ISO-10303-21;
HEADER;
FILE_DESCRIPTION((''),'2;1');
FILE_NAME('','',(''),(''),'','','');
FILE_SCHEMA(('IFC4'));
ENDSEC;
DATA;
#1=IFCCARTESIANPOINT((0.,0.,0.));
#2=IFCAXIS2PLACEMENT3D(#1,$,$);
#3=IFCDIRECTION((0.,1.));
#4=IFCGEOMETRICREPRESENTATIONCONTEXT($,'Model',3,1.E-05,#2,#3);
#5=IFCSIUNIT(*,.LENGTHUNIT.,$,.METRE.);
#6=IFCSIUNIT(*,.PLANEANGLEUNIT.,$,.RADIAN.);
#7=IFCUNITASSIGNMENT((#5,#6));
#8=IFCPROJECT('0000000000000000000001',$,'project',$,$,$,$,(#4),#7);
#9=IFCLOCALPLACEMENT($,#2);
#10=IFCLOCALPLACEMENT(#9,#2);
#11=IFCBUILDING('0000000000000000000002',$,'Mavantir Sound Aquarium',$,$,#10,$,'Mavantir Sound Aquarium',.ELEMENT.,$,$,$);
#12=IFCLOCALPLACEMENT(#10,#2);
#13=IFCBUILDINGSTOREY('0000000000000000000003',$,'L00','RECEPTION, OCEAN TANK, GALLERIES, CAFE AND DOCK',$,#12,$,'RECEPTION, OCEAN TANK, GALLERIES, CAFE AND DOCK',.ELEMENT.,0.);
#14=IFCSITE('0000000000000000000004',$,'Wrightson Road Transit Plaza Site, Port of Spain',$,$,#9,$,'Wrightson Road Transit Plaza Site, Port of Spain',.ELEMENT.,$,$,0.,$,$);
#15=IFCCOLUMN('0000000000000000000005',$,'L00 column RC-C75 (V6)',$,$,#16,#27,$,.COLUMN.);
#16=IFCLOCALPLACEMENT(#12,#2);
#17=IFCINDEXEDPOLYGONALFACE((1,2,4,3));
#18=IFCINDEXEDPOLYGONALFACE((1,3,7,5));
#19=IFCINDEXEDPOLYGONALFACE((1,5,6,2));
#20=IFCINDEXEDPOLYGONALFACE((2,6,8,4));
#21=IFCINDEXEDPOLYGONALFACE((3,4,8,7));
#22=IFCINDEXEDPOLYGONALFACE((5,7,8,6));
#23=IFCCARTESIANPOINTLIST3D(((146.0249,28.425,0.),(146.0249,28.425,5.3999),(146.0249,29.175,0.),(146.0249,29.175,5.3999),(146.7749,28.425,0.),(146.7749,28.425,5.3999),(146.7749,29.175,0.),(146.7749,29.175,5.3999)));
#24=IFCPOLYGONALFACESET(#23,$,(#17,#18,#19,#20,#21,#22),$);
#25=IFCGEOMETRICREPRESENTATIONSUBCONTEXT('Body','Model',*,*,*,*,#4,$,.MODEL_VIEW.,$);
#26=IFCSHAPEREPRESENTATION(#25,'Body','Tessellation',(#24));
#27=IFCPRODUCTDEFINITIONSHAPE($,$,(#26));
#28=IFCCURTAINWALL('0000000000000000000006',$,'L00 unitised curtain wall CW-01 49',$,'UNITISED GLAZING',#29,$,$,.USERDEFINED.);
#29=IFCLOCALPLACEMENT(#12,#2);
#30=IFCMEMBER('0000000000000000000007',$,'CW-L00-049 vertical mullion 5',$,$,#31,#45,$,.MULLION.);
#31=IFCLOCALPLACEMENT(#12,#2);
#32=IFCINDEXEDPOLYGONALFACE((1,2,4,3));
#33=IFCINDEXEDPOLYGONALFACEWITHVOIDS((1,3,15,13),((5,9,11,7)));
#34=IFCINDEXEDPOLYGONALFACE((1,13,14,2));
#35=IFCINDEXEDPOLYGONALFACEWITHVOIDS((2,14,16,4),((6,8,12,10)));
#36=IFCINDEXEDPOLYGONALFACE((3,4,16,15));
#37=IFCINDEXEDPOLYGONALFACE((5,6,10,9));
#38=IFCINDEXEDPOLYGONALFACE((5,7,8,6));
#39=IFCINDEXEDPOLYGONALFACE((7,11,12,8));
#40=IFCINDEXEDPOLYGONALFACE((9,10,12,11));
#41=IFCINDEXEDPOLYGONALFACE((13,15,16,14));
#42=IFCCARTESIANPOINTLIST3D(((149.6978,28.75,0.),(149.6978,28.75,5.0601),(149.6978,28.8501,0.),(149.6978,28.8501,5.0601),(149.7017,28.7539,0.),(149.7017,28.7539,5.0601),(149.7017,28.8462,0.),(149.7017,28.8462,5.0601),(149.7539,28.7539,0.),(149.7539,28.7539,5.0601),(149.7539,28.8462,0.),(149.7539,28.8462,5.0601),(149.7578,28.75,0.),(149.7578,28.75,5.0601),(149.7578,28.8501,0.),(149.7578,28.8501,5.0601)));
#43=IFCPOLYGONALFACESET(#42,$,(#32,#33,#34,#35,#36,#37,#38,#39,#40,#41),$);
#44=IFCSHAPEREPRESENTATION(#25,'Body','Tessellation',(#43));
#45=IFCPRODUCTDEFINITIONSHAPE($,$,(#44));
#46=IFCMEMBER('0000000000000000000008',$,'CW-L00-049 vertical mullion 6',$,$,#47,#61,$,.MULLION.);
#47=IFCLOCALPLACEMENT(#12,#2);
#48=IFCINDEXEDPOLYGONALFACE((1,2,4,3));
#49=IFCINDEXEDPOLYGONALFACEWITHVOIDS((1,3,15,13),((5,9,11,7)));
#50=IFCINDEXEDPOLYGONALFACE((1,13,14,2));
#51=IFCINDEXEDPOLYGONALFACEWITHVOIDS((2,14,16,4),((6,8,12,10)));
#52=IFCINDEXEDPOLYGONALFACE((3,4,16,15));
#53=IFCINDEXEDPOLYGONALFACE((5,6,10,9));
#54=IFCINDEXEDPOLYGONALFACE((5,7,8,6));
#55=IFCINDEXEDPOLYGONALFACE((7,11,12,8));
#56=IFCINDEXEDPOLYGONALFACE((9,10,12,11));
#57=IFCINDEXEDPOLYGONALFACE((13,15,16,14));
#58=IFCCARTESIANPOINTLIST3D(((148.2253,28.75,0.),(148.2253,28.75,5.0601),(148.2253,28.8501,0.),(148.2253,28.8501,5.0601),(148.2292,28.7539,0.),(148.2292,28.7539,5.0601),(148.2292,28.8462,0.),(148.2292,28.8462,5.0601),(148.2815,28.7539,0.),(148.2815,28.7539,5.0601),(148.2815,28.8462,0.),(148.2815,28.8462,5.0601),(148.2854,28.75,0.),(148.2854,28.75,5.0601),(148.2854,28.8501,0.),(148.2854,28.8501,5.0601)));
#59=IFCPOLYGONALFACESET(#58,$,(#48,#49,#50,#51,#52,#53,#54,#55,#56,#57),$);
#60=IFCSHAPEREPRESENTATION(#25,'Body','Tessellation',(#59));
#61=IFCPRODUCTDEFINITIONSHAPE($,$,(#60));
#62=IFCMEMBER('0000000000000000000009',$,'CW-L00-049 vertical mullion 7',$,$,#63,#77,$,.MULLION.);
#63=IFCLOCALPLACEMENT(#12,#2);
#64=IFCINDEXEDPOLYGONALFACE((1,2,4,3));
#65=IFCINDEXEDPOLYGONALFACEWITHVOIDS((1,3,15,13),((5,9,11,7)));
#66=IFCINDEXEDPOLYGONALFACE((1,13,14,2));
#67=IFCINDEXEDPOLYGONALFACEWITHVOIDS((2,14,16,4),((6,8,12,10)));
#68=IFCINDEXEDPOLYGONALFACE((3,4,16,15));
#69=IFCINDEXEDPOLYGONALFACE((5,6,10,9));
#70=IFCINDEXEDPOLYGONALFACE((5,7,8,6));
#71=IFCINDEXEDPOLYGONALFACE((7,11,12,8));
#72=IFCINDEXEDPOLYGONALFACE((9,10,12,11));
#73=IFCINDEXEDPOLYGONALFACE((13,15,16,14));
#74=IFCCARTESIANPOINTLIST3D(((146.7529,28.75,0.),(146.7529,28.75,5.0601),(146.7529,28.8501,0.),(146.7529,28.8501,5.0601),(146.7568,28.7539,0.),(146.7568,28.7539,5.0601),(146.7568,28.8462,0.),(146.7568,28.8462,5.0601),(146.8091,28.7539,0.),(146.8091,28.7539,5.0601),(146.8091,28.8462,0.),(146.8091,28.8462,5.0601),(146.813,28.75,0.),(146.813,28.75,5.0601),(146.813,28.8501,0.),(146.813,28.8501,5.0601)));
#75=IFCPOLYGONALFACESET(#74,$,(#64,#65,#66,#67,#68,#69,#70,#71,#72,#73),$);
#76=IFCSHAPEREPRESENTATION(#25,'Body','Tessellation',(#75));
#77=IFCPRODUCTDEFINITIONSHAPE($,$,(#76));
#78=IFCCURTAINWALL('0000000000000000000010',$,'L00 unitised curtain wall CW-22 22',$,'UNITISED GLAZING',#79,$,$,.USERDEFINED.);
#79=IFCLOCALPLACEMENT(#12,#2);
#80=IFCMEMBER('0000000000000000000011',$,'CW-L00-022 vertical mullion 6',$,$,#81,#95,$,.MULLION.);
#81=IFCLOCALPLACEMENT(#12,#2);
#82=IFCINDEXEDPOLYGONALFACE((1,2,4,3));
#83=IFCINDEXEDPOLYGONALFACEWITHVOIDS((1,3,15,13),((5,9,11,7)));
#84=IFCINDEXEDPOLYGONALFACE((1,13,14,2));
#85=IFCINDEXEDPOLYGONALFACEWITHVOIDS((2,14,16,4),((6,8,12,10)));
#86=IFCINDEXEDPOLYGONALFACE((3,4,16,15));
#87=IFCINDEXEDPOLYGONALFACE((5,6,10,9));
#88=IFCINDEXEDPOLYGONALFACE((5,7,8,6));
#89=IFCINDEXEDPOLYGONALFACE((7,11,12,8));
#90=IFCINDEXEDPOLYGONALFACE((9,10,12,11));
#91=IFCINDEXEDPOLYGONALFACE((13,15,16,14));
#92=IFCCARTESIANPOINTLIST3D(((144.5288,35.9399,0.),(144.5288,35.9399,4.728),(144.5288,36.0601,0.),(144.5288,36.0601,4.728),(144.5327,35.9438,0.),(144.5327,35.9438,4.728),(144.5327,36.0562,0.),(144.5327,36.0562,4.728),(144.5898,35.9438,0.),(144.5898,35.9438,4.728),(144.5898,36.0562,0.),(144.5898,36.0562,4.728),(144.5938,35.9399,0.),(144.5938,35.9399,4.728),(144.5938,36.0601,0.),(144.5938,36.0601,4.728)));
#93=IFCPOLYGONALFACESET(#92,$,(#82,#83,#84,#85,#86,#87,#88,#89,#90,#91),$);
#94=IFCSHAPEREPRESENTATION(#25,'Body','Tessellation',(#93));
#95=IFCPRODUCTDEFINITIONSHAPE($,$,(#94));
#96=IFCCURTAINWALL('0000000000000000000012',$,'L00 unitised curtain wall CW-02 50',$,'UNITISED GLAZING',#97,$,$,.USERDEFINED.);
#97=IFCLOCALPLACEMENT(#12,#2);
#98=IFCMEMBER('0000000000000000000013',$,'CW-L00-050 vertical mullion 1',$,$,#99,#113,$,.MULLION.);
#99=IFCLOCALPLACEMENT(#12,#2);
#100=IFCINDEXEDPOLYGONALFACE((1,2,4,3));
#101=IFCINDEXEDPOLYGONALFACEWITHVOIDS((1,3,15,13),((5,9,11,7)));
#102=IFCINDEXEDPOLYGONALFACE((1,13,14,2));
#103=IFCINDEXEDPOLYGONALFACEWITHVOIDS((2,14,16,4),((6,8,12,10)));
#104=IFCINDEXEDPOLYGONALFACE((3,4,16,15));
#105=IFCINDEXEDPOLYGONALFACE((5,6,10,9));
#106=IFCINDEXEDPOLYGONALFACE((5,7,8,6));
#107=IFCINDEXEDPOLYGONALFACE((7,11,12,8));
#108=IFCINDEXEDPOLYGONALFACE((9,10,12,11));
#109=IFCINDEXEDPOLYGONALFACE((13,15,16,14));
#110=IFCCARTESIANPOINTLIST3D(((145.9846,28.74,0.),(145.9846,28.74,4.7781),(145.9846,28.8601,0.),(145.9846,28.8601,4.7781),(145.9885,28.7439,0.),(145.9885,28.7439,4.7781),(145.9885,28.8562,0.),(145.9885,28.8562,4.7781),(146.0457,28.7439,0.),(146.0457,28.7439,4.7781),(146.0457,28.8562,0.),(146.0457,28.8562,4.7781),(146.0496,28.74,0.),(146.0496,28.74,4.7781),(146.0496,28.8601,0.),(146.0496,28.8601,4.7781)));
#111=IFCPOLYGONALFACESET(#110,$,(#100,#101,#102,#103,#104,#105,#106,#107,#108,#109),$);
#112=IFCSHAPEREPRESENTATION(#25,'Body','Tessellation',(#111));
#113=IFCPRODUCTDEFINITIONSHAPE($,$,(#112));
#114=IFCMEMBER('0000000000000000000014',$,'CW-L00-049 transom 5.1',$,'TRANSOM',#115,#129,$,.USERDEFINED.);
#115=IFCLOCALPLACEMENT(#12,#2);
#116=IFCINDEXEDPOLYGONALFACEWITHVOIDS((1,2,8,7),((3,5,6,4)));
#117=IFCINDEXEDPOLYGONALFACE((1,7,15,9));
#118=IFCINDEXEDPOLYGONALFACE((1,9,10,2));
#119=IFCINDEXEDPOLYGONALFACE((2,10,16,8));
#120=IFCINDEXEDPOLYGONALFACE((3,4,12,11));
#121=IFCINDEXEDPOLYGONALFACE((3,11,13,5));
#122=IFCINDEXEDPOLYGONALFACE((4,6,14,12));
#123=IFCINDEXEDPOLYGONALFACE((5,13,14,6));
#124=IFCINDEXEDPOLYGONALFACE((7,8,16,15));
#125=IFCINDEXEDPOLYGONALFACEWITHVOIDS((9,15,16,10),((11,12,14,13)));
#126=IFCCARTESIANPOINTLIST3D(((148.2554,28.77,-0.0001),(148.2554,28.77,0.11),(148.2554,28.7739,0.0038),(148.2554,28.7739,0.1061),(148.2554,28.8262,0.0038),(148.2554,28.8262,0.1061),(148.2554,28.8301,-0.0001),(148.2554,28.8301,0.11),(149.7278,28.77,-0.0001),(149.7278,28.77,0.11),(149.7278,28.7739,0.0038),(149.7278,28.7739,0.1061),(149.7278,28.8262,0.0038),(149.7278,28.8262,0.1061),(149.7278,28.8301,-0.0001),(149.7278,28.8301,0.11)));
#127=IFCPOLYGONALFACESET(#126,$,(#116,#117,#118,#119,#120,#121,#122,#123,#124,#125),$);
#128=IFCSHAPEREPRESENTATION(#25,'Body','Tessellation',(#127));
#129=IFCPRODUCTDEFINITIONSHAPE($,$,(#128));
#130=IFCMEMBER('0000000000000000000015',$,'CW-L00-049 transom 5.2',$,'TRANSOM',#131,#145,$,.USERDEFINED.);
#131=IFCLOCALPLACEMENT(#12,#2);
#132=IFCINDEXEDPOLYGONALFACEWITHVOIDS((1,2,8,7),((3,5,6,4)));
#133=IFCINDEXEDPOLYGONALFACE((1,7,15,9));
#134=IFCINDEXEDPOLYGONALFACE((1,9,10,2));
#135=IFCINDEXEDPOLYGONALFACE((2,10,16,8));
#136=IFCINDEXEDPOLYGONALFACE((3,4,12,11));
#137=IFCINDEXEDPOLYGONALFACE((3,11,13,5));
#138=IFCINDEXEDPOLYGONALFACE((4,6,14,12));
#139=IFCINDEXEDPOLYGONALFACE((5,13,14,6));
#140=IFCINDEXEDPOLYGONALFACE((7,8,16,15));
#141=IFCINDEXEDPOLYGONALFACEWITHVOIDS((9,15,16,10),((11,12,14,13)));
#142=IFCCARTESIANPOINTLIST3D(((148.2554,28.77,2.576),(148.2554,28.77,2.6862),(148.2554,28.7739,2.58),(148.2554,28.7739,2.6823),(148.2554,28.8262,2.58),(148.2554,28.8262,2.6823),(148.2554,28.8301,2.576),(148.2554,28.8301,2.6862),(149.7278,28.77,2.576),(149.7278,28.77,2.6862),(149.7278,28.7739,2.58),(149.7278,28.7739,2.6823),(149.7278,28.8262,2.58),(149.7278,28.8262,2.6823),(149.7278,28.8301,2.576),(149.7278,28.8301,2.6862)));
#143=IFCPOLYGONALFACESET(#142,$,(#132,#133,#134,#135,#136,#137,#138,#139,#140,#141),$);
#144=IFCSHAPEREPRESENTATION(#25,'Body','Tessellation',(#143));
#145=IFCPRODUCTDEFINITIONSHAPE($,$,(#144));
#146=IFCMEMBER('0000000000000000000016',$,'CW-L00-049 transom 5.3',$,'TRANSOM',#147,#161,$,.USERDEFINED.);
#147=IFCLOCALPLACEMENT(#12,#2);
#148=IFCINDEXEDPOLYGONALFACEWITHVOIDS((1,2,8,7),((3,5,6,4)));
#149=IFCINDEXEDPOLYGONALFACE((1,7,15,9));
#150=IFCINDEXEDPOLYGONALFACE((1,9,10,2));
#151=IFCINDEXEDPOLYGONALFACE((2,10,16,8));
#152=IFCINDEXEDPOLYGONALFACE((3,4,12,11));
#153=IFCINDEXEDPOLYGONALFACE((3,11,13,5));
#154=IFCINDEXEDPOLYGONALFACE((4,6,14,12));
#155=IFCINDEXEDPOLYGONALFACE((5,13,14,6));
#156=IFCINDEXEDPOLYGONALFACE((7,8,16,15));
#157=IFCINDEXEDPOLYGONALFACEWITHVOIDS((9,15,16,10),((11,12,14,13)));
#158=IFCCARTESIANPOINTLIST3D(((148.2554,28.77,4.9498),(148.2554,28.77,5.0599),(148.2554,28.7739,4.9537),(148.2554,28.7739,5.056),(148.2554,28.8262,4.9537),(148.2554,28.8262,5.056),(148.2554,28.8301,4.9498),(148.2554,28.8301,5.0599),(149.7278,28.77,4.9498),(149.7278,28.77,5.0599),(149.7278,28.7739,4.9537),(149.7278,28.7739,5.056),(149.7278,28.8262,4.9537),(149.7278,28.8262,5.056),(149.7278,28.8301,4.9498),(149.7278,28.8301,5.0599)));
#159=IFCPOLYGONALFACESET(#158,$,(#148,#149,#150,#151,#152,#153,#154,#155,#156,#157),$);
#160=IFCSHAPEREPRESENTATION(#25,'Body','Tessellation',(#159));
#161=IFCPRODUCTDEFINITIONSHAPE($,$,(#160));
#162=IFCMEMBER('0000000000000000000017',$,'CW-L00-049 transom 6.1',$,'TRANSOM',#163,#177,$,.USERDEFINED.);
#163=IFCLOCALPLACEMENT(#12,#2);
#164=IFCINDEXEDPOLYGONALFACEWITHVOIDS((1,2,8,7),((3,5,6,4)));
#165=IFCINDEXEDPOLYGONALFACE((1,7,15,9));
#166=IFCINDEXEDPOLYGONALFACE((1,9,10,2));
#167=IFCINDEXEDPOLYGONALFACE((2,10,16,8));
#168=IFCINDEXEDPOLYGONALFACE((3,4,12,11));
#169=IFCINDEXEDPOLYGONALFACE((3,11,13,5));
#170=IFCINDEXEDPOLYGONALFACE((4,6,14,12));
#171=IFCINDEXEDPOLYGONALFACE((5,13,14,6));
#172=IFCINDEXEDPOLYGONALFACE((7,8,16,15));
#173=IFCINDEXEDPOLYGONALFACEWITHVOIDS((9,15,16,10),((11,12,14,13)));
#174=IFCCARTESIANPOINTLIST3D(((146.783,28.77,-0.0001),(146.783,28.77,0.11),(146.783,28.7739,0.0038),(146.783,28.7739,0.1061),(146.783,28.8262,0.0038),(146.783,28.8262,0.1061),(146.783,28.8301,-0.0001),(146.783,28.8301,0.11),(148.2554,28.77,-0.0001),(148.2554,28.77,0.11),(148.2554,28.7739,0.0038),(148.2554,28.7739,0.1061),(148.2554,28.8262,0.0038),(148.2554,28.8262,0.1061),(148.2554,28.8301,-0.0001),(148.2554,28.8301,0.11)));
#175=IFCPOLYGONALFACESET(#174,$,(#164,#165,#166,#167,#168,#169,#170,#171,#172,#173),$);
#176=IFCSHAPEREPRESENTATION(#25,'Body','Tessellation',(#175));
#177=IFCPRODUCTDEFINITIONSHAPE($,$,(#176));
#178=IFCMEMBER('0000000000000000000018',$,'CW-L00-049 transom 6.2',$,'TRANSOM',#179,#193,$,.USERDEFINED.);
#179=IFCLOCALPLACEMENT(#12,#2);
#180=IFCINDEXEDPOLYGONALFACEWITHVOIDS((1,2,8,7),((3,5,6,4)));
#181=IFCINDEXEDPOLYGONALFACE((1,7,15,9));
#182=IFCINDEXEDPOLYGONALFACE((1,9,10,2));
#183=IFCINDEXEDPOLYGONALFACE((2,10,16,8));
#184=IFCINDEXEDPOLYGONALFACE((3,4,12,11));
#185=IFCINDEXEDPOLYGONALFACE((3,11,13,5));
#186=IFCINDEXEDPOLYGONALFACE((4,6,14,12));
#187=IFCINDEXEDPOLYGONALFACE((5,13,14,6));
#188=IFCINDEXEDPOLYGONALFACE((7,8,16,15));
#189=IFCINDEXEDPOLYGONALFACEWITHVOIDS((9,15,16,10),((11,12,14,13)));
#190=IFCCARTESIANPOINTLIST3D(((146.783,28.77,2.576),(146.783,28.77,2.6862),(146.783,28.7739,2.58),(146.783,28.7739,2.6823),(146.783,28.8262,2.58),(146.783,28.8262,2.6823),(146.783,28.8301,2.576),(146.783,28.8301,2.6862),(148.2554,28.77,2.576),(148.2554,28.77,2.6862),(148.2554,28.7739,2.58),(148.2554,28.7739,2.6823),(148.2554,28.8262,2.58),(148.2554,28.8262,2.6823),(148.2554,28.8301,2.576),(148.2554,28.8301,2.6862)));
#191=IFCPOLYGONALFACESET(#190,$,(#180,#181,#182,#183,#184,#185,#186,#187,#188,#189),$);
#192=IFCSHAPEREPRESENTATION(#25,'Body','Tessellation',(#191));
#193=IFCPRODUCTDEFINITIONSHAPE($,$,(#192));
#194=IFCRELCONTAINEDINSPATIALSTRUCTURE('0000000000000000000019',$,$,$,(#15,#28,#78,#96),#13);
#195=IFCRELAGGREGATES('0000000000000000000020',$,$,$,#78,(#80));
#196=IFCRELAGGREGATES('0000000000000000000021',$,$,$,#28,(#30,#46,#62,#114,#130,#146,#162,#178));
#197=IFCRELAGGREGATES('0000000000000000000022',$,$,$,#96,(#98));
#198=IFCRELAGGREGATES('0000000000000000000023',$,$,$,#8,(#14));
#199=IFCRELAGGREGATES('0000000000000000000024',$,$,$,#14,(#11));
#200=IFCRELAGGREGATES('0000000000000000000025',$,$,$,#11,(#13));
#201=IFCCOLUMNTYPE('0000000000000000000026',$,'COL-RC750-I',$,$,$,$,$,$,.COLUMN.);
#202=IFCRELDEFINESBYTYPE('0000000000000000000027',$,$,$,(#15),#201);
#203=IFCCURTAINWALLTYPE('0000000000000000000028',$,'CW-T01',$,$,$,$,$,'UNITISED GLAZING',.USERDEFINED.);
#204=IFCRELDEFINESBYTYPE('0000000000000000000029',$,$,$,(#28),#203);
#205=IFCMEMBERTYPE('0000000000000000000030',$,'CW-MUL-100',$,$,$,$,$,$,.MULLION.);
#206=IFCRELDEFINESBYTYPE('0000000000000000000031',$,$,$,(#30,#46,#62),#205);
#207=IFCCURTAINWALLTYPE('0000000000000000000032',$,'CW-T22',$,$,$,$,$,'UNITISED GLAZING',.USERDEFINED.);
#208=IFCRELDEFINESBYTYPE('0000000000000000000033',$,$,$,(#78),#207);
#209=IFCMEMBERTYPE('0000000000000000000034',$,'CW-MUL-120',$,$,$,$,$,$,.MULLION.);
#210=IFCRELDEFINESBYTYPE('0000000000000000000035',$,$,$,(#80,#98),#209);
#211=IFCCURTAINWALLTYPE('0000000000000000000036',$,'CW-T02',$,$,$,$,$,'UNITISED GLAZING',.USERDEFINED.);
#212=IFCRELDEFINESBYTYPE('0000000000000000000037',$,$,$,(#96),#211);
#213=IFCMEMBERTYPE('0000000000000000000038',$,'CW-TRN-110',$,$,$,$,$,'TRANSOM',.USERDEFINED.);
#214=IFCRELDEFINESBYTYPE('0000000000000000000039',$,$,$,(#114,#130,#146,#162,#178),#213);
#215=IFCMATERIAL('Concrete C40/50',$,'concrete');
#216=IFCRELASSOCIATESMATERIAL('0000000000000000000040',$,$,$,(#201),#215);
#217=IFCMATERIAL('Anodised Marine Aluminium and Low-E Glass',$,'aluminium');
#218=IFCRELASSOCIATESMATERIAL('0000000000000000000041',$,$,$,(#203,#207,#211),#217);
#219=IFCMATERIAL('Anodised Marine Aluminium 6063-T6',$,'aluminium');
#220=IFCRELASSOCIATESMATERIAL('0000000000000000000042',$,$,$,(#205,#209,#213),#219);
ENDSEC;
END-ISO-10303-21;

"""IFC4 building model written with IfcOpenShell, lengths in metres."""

from ifc_helpers import new_model, si_unit, direction, frame, origin, origin_2d, place, context, subcontext, project, spatial, rectangle, hollow_rectangle, extrude, material, material_profile, profile_set, type_object, element, aggregate, save


model = new_model("IFC4")

# Units and contexts
model_context = context("Model", 3, precision=1e-05, world=origin(), true_north=direction((0.0, 1.0)))
body_context = subcontext(model_context, "Body", "Model", "MODEL_VIEW")
ifc_project = project(units=[si_unit("LENGTHUNIT", "METRE"), si_unit("PLANEANGLEUNIT", "RADIAN")], contexts=[model_context])

# Site, building, storey
site_placement = place(None, origin())
site = spatial("IfcSite", under=ifc_project, at=site_placement, Name="Wrightson Road Transit Plaza Site, Port of Spain", LongName="Wrightson Road Transit Plaza Site, Port of Spain", CompositionType="ELEMENT", RefElevation=0.0)
building_placement = place(site_placement, origin())
building = spatial("IfcBuilding", under=site, at=building_placement, Name="Mavantir Sound Aquarium", LongName="Mavantir Sound Aquarium", CompositionType="ELEMENT")
storey_placement = place(building_placement, origin())
storey = spatial("IfcBuildingStorey", under=building, at=storey_placement, Name="L00", Description="RECEPTION, OCEAN TANK, GALLERIES, CAFE AND DOCK", LongName="RECEPTION, OCEAN TANK, GALLERIES, CAFE AND DOCK", CompositionType="ELEMENT", Elevation=0.0)

# Column
ifc_material_1 = material(Name="Concrete C40/50", Category="concrete")
ifc_material_profile_1 = material_profile(ifc_material_1, rectangle(XDim=0.75, YDim=0.75, at=origin_2d()), Name="RC 750X750")
ifc_profile_set_1 = profile_set([ifc_material_profile_1], Name="Concrete C40/50")
column_type = type_object("IfcColumnType", Name="COL-RC750-I", PredefinedType="COLUMN", material=ifc_profile_set_1)
column_placement = place(storey_placement, frame((146.3999, 28.8, 0.0), z_axis=(0.0, 0.0, 1.0), x_axis=(1.0, 0.0, 0.0)))
element("IfcColumn", 1, at=column_placement, inside=storey, type_object=column_type, Name="L00 column RC-C75 (V6)", PredefinedType="COLUMN", context=body_context, shape_type="SweptSolid", body=[
    extrude(rectangle(XDim=0.75, YDim=0.75, at=origin_2d()), origin(), (0.0, 0.0, 1.0), 5.3999),
])

# Curtain wall, members
ifc_material_2 = material(Name="Anodised Marine Aluminium and Low-E Glass", Category="aluminium")
curtain_wall_type_1 = type_object("IfcCurtainWallType", Name="CW-T01", ElementType="UNITISED GLAZING", PredefinedType="USERDEFINED", material=ifc_material_2)
curtain_wall_1_placement = place(storey_placement, origin())
curtain_wall_1 = element("IfcCurtainWall", 2, at=curtain_wall_1_placement, inside=storey, type_object=curtain_wall_type_1, Name="L00 unitised curtain wall CW-01 49", ObjectType="UNITISED GLAZING", PredefinedType="USERDEFINED")
ifc_material_3 = material(Name="Anodised Marine Aluminium 6063-T6", Category="aluminium")
ifc_material_profile_2 = material_profile(ifc_material_3, hollow_rectangle(XDim=0.0601, YDim=0.1001, WallThickness=0.0039, at=origin_2d()), Name="ALU-MULLION-100X60")
ifc_profile_set_2 = profile_set([ifc_material_profile_2], Name="Anodised Marine Aluminium 6063-T6")
member_type_1 = type_object("IfcMemberType", Name="CW-MUL-100", PredefinedType="MULLION", material=ifc_profile_set_2)
member_1_placement = place(storey_placement, frame((149.7278, 28.8, 0.0), z_axis=(0.0, 0.0, 1.0), x_axis=(1.0, 0.0, 0.0)))
member_1 = element("IfcMember", 3, at=member_1_placement, type_object=member_type_1, Name="CW-L00-049 vertical mullion 5", PredefinedType="MULLION", context=body_context, shape_type="SweptSolid", body=[
    extrude(hollow_rectangle(XDim=0.0601, YDim=0.1001, WallThickness=0.0039, at=origin_2d()), origin(), (0.0, 0.0, 1.0), 5.0601),
])
member_2_placement = place(storey_placement, frame((148.2554, 28.8, 0.0), z_axis=(0.0, 0.0, 1.0), x_axis=(1.0, 0.0, 0.0)))
member_2 = element("IfcMember", 4, at=member_2_placement, type_object=member_type_1, Name="CW-L00-049 vertical mullion 6", PredefinedType="MULLION", context=body_context, shape_type="SweptSolid", body=[
    extrude(hollow_rectangle(XDim=0.0601, YDim=0.1001, WallThickness=0.0039, at=origin_2d()), origin(), (0.0, 0.0, 1.0), 5.0601),
])
member_3_placement = place(storey_placement, frame((146.783, 28.8, 0.0), z_axis=(0.0, 0.0, 1.0), x_axis=(1.0, 0.0, 0.0)))
member_3 = element("IfcMember", 5, at=member_3_placement, type_object=member_type_1, Name="CW-L00-049 vertical mullion 7", PredefinedType="MULLION", context=body_context, shape_type="SweptSolid", body=[
    extrude(hollow_rectangle(XDim=0.0601, YDim=0.1001, WallThickness=0.0039, at=origin_2d()), origin(), (0.0, 0.0, 1.0), 5.0601),
])

# Curtain walls, members
curtain_wall_type_2 = type_object("IfcCurtainWallType", Name="CW-T22", ElementType="UNITISED GLAZING", PredefinedType="USERDEFINED", material=ifc_material_2)
curtain_wall_2_placement = place(storey_placement, origin())
curtain_wall_2 = element("IfcCurtainWall", 6, at=curtain_wall_2_placement, inside=storey, type_object=curtain_wall_type_2, Name="L00 unitised curtain wall CW-22 22", ObjectType="UNITISED GLAZING", PredefinedType="USERDEFINED")
ifc_material_profile_3 = material_profile(ifc_material_3, hollow_rectangle(XDim=0.0649, YDim=0.1201, WallThickness=0.0039, at=origin_2d()), Name="ALU-MULLION-120X65")
ifc_profile_set_3 = profile_set([ifc_material_profile_3], Name="Anodised Marine Aluminium 6063-T6")
member_type_2 = type_object("IfcMemberType", Name="CW-MUL-120", PredefinedType="MULLION", material=ifc_profile_set_3)
member_4_placement = place(storey_placement, frame((144.5613, 36.0, 0.0), z_axis=(0.0, 0.0, 1.0), x_axis=(1.0, 0.0, 0.0)))
member_4 = element("IfcMember", 7, at=member_4_placement, type_object=member_type_2, Name="CW-L00-022 vertical mullion 6", PredefinedType="MULLION", context=body_context, shape_type="SweptSolid", body=[
    extrude(hollow_rectangle(XDim=0.0649, YDim=0.1201, WallThickness=0.0039, at=origin_2d()), origin(), (0.0, 0.0, 1.0), 4.728),
])
aggregate(curtain_wall_2, [member_4])
curtain_wall_type_3 = type_object("IfcCurtainWallType", Name="CW-T02", ElementType="UNITISED GLAZING", PredefinedType="USERDEFINED", material=ifc_material_2)
curtain_wall_3_placement = place(storey_placement, origin())
curtain_wall_3 = element("IfcCurtainWall", 8, at=curtain_wall_3_placement, inside=storey, type_object=curtain_wall_type_3, Name="L00 unitised curtain wall CW-02 50", ObjectType="UNITISED GLAZING", PredefinedType="USERDEFINED")
member_5_placement = place(storey_placement, frame((146.0171, 28.8, 0.0), z_axis=(0.0, 0.0, 1.0), x_axis=(1.0, 0.0, 0.0)))
member_5 = element("IfcMember", 9, at=member_5_placement, type_object=member_type_2, Name="CW-L00-050 vertical mullion 1", PredefinedType="MULLION", context=body_context, shape_type="SweptSolid", body=[
    extrude(hollow_rectangle(XDim=0.0649, YDim=0.1201, WallThickness=0.0039, at=origin_2d()), origin(), (0.0, 0.0, 1.0), 4.7781),
])

# Members
ifc_material_profile_4 = material_profile(ifc_material_3, hollow_rectangle(XDim=0.0601, YDim=0.1101, WallThickness=0.0039, at=origin_2d()), Name="ALU-TRANSOM-110X60")
ifc_profile_set_4 = profile_set([ifc_material_profile_4], Name="Anodised Marine Aluminium 6063-T6")
member_type_3 = type_object("IfcMemberType", Name="CW-TRN-110", ElementType="TRANSOM", PredefinedType="USERDEFINED", material=ifc_profile_set_4)
member_6_placement = place(storey_placement, frame((149.7278, 28.8, 0.0549), z_axis=(-1.0, 0.0, 0.0), x_axis=(0.0, -1.0, 0.0)))
member_6 = element("IfcMember", 10, at=member_6_placement, type_object=member_type_3, Name="CW-L00-049 transom 5.1", ObjectType="TRANSOM", PredefinedType="USERDEFINED", context=body_context, shape_type="SweptSolid", body=[
    extrude(hollow_rectangle(XDim=0.0601, YDim=0.1101, WallThickness=0.0039, at=origin_2d()), origin(), (0.0, 0.0, 1.0), 1.4724),
])
member_7_placement = place(storey_placement, frame((149.7278, 28.8, 2.6311), z_axis=(-1.0, 0.0, 0.0), x_axis=(0.0, -1.0, 0.0)))
member_7 = element("IfcMember", 11, at=member_7_placement, type_object=member_type_3, Name="CW-L00-049 transom 5.2", ObjectType="TRANSOM", PredefinedType="USERDEFINED", context=body_context, shape_type="SweptSolid", body=[
    extrude(hollow_rectangle(XDim=0.0601, YDim=0.1101, WallThickness=0.0039, at=origin_2d()), origin(), (0.0, 0.0, 1.0), 1.4724),
])
member_8_placement = place(storey_placement, frame((149.7278, 28.8, 5.0049), z_axis=(-1.0, 0.0, 0.0), x_axis=(0.0, -1.0, 0.0)))
member_8 = element("IfcMember", 12, at=member_8_placement, type_object=member_type_3, Name="CW-L00-049 transom 5.3", ObjectType="TRANSOM", PredefinedType="USERDEFINED", context=body_context, shape_type="SweptSolid", body=[
    extrude(hollow_rectangle(XDim=0.0601, YDim=0.1101, WallThickness=0.0039, at=origin_2d()), origin(), (0.0, 0.0, 1.0), 1.4724),
])
member_9_placement = place(storey_placement, frame((148.2554, 28.8, 0.0549), z_axis=(-1.0, 0.0, 0.0), x_axis=(0.0, -1.0, 0.0)))
member_9 = element("IfcMember", 13, at=member_9_placement, type_object=member_type_3, Name="CW-L00-049 transom 6.1", ObjectType="TRANSOM", PredefinedType="USERDEFINED", context=body_context, shape_type="SweptSolid", body=[
    extrude(hollow_rectangle(XDim=0.0601, YDim=0.1101, WallThickness=0.0039, at=origin_2d()), origin(), (0.0, 0.0, 1.0), 1.4724),
])
member_10_placement = place(storey_placement, frame((148.2554, 28.8, 2.6311), z_axis=(-1.0, 0.0, 0.0), x_axis=(0.0, -1.0, 0.0)))
member_10 = element("IfcMember", 14, at=member_10_placement, type_object=member_type_3, Name="CW-L00-049 transom 6.2", ObjectType="TRANSOM", PredefinedType="USERDEFINED", context=body_context, shape_type="SweptSolid", body=[
    extrude(hollow_rectangle(XDim=0.0601, YDim=0.1101, WallThickness=0.0039, at=origin_2d()), origin(), (0.0, 0.0, 1.0), 1.4724),
])

aggregate(curtain_wall_1, [member_1, member_2, member_3, member_6, member_7, member_8, member_9, member_10])
aggregate(curtain_wall_3, [member_5])

save(model, "model.ifc")
